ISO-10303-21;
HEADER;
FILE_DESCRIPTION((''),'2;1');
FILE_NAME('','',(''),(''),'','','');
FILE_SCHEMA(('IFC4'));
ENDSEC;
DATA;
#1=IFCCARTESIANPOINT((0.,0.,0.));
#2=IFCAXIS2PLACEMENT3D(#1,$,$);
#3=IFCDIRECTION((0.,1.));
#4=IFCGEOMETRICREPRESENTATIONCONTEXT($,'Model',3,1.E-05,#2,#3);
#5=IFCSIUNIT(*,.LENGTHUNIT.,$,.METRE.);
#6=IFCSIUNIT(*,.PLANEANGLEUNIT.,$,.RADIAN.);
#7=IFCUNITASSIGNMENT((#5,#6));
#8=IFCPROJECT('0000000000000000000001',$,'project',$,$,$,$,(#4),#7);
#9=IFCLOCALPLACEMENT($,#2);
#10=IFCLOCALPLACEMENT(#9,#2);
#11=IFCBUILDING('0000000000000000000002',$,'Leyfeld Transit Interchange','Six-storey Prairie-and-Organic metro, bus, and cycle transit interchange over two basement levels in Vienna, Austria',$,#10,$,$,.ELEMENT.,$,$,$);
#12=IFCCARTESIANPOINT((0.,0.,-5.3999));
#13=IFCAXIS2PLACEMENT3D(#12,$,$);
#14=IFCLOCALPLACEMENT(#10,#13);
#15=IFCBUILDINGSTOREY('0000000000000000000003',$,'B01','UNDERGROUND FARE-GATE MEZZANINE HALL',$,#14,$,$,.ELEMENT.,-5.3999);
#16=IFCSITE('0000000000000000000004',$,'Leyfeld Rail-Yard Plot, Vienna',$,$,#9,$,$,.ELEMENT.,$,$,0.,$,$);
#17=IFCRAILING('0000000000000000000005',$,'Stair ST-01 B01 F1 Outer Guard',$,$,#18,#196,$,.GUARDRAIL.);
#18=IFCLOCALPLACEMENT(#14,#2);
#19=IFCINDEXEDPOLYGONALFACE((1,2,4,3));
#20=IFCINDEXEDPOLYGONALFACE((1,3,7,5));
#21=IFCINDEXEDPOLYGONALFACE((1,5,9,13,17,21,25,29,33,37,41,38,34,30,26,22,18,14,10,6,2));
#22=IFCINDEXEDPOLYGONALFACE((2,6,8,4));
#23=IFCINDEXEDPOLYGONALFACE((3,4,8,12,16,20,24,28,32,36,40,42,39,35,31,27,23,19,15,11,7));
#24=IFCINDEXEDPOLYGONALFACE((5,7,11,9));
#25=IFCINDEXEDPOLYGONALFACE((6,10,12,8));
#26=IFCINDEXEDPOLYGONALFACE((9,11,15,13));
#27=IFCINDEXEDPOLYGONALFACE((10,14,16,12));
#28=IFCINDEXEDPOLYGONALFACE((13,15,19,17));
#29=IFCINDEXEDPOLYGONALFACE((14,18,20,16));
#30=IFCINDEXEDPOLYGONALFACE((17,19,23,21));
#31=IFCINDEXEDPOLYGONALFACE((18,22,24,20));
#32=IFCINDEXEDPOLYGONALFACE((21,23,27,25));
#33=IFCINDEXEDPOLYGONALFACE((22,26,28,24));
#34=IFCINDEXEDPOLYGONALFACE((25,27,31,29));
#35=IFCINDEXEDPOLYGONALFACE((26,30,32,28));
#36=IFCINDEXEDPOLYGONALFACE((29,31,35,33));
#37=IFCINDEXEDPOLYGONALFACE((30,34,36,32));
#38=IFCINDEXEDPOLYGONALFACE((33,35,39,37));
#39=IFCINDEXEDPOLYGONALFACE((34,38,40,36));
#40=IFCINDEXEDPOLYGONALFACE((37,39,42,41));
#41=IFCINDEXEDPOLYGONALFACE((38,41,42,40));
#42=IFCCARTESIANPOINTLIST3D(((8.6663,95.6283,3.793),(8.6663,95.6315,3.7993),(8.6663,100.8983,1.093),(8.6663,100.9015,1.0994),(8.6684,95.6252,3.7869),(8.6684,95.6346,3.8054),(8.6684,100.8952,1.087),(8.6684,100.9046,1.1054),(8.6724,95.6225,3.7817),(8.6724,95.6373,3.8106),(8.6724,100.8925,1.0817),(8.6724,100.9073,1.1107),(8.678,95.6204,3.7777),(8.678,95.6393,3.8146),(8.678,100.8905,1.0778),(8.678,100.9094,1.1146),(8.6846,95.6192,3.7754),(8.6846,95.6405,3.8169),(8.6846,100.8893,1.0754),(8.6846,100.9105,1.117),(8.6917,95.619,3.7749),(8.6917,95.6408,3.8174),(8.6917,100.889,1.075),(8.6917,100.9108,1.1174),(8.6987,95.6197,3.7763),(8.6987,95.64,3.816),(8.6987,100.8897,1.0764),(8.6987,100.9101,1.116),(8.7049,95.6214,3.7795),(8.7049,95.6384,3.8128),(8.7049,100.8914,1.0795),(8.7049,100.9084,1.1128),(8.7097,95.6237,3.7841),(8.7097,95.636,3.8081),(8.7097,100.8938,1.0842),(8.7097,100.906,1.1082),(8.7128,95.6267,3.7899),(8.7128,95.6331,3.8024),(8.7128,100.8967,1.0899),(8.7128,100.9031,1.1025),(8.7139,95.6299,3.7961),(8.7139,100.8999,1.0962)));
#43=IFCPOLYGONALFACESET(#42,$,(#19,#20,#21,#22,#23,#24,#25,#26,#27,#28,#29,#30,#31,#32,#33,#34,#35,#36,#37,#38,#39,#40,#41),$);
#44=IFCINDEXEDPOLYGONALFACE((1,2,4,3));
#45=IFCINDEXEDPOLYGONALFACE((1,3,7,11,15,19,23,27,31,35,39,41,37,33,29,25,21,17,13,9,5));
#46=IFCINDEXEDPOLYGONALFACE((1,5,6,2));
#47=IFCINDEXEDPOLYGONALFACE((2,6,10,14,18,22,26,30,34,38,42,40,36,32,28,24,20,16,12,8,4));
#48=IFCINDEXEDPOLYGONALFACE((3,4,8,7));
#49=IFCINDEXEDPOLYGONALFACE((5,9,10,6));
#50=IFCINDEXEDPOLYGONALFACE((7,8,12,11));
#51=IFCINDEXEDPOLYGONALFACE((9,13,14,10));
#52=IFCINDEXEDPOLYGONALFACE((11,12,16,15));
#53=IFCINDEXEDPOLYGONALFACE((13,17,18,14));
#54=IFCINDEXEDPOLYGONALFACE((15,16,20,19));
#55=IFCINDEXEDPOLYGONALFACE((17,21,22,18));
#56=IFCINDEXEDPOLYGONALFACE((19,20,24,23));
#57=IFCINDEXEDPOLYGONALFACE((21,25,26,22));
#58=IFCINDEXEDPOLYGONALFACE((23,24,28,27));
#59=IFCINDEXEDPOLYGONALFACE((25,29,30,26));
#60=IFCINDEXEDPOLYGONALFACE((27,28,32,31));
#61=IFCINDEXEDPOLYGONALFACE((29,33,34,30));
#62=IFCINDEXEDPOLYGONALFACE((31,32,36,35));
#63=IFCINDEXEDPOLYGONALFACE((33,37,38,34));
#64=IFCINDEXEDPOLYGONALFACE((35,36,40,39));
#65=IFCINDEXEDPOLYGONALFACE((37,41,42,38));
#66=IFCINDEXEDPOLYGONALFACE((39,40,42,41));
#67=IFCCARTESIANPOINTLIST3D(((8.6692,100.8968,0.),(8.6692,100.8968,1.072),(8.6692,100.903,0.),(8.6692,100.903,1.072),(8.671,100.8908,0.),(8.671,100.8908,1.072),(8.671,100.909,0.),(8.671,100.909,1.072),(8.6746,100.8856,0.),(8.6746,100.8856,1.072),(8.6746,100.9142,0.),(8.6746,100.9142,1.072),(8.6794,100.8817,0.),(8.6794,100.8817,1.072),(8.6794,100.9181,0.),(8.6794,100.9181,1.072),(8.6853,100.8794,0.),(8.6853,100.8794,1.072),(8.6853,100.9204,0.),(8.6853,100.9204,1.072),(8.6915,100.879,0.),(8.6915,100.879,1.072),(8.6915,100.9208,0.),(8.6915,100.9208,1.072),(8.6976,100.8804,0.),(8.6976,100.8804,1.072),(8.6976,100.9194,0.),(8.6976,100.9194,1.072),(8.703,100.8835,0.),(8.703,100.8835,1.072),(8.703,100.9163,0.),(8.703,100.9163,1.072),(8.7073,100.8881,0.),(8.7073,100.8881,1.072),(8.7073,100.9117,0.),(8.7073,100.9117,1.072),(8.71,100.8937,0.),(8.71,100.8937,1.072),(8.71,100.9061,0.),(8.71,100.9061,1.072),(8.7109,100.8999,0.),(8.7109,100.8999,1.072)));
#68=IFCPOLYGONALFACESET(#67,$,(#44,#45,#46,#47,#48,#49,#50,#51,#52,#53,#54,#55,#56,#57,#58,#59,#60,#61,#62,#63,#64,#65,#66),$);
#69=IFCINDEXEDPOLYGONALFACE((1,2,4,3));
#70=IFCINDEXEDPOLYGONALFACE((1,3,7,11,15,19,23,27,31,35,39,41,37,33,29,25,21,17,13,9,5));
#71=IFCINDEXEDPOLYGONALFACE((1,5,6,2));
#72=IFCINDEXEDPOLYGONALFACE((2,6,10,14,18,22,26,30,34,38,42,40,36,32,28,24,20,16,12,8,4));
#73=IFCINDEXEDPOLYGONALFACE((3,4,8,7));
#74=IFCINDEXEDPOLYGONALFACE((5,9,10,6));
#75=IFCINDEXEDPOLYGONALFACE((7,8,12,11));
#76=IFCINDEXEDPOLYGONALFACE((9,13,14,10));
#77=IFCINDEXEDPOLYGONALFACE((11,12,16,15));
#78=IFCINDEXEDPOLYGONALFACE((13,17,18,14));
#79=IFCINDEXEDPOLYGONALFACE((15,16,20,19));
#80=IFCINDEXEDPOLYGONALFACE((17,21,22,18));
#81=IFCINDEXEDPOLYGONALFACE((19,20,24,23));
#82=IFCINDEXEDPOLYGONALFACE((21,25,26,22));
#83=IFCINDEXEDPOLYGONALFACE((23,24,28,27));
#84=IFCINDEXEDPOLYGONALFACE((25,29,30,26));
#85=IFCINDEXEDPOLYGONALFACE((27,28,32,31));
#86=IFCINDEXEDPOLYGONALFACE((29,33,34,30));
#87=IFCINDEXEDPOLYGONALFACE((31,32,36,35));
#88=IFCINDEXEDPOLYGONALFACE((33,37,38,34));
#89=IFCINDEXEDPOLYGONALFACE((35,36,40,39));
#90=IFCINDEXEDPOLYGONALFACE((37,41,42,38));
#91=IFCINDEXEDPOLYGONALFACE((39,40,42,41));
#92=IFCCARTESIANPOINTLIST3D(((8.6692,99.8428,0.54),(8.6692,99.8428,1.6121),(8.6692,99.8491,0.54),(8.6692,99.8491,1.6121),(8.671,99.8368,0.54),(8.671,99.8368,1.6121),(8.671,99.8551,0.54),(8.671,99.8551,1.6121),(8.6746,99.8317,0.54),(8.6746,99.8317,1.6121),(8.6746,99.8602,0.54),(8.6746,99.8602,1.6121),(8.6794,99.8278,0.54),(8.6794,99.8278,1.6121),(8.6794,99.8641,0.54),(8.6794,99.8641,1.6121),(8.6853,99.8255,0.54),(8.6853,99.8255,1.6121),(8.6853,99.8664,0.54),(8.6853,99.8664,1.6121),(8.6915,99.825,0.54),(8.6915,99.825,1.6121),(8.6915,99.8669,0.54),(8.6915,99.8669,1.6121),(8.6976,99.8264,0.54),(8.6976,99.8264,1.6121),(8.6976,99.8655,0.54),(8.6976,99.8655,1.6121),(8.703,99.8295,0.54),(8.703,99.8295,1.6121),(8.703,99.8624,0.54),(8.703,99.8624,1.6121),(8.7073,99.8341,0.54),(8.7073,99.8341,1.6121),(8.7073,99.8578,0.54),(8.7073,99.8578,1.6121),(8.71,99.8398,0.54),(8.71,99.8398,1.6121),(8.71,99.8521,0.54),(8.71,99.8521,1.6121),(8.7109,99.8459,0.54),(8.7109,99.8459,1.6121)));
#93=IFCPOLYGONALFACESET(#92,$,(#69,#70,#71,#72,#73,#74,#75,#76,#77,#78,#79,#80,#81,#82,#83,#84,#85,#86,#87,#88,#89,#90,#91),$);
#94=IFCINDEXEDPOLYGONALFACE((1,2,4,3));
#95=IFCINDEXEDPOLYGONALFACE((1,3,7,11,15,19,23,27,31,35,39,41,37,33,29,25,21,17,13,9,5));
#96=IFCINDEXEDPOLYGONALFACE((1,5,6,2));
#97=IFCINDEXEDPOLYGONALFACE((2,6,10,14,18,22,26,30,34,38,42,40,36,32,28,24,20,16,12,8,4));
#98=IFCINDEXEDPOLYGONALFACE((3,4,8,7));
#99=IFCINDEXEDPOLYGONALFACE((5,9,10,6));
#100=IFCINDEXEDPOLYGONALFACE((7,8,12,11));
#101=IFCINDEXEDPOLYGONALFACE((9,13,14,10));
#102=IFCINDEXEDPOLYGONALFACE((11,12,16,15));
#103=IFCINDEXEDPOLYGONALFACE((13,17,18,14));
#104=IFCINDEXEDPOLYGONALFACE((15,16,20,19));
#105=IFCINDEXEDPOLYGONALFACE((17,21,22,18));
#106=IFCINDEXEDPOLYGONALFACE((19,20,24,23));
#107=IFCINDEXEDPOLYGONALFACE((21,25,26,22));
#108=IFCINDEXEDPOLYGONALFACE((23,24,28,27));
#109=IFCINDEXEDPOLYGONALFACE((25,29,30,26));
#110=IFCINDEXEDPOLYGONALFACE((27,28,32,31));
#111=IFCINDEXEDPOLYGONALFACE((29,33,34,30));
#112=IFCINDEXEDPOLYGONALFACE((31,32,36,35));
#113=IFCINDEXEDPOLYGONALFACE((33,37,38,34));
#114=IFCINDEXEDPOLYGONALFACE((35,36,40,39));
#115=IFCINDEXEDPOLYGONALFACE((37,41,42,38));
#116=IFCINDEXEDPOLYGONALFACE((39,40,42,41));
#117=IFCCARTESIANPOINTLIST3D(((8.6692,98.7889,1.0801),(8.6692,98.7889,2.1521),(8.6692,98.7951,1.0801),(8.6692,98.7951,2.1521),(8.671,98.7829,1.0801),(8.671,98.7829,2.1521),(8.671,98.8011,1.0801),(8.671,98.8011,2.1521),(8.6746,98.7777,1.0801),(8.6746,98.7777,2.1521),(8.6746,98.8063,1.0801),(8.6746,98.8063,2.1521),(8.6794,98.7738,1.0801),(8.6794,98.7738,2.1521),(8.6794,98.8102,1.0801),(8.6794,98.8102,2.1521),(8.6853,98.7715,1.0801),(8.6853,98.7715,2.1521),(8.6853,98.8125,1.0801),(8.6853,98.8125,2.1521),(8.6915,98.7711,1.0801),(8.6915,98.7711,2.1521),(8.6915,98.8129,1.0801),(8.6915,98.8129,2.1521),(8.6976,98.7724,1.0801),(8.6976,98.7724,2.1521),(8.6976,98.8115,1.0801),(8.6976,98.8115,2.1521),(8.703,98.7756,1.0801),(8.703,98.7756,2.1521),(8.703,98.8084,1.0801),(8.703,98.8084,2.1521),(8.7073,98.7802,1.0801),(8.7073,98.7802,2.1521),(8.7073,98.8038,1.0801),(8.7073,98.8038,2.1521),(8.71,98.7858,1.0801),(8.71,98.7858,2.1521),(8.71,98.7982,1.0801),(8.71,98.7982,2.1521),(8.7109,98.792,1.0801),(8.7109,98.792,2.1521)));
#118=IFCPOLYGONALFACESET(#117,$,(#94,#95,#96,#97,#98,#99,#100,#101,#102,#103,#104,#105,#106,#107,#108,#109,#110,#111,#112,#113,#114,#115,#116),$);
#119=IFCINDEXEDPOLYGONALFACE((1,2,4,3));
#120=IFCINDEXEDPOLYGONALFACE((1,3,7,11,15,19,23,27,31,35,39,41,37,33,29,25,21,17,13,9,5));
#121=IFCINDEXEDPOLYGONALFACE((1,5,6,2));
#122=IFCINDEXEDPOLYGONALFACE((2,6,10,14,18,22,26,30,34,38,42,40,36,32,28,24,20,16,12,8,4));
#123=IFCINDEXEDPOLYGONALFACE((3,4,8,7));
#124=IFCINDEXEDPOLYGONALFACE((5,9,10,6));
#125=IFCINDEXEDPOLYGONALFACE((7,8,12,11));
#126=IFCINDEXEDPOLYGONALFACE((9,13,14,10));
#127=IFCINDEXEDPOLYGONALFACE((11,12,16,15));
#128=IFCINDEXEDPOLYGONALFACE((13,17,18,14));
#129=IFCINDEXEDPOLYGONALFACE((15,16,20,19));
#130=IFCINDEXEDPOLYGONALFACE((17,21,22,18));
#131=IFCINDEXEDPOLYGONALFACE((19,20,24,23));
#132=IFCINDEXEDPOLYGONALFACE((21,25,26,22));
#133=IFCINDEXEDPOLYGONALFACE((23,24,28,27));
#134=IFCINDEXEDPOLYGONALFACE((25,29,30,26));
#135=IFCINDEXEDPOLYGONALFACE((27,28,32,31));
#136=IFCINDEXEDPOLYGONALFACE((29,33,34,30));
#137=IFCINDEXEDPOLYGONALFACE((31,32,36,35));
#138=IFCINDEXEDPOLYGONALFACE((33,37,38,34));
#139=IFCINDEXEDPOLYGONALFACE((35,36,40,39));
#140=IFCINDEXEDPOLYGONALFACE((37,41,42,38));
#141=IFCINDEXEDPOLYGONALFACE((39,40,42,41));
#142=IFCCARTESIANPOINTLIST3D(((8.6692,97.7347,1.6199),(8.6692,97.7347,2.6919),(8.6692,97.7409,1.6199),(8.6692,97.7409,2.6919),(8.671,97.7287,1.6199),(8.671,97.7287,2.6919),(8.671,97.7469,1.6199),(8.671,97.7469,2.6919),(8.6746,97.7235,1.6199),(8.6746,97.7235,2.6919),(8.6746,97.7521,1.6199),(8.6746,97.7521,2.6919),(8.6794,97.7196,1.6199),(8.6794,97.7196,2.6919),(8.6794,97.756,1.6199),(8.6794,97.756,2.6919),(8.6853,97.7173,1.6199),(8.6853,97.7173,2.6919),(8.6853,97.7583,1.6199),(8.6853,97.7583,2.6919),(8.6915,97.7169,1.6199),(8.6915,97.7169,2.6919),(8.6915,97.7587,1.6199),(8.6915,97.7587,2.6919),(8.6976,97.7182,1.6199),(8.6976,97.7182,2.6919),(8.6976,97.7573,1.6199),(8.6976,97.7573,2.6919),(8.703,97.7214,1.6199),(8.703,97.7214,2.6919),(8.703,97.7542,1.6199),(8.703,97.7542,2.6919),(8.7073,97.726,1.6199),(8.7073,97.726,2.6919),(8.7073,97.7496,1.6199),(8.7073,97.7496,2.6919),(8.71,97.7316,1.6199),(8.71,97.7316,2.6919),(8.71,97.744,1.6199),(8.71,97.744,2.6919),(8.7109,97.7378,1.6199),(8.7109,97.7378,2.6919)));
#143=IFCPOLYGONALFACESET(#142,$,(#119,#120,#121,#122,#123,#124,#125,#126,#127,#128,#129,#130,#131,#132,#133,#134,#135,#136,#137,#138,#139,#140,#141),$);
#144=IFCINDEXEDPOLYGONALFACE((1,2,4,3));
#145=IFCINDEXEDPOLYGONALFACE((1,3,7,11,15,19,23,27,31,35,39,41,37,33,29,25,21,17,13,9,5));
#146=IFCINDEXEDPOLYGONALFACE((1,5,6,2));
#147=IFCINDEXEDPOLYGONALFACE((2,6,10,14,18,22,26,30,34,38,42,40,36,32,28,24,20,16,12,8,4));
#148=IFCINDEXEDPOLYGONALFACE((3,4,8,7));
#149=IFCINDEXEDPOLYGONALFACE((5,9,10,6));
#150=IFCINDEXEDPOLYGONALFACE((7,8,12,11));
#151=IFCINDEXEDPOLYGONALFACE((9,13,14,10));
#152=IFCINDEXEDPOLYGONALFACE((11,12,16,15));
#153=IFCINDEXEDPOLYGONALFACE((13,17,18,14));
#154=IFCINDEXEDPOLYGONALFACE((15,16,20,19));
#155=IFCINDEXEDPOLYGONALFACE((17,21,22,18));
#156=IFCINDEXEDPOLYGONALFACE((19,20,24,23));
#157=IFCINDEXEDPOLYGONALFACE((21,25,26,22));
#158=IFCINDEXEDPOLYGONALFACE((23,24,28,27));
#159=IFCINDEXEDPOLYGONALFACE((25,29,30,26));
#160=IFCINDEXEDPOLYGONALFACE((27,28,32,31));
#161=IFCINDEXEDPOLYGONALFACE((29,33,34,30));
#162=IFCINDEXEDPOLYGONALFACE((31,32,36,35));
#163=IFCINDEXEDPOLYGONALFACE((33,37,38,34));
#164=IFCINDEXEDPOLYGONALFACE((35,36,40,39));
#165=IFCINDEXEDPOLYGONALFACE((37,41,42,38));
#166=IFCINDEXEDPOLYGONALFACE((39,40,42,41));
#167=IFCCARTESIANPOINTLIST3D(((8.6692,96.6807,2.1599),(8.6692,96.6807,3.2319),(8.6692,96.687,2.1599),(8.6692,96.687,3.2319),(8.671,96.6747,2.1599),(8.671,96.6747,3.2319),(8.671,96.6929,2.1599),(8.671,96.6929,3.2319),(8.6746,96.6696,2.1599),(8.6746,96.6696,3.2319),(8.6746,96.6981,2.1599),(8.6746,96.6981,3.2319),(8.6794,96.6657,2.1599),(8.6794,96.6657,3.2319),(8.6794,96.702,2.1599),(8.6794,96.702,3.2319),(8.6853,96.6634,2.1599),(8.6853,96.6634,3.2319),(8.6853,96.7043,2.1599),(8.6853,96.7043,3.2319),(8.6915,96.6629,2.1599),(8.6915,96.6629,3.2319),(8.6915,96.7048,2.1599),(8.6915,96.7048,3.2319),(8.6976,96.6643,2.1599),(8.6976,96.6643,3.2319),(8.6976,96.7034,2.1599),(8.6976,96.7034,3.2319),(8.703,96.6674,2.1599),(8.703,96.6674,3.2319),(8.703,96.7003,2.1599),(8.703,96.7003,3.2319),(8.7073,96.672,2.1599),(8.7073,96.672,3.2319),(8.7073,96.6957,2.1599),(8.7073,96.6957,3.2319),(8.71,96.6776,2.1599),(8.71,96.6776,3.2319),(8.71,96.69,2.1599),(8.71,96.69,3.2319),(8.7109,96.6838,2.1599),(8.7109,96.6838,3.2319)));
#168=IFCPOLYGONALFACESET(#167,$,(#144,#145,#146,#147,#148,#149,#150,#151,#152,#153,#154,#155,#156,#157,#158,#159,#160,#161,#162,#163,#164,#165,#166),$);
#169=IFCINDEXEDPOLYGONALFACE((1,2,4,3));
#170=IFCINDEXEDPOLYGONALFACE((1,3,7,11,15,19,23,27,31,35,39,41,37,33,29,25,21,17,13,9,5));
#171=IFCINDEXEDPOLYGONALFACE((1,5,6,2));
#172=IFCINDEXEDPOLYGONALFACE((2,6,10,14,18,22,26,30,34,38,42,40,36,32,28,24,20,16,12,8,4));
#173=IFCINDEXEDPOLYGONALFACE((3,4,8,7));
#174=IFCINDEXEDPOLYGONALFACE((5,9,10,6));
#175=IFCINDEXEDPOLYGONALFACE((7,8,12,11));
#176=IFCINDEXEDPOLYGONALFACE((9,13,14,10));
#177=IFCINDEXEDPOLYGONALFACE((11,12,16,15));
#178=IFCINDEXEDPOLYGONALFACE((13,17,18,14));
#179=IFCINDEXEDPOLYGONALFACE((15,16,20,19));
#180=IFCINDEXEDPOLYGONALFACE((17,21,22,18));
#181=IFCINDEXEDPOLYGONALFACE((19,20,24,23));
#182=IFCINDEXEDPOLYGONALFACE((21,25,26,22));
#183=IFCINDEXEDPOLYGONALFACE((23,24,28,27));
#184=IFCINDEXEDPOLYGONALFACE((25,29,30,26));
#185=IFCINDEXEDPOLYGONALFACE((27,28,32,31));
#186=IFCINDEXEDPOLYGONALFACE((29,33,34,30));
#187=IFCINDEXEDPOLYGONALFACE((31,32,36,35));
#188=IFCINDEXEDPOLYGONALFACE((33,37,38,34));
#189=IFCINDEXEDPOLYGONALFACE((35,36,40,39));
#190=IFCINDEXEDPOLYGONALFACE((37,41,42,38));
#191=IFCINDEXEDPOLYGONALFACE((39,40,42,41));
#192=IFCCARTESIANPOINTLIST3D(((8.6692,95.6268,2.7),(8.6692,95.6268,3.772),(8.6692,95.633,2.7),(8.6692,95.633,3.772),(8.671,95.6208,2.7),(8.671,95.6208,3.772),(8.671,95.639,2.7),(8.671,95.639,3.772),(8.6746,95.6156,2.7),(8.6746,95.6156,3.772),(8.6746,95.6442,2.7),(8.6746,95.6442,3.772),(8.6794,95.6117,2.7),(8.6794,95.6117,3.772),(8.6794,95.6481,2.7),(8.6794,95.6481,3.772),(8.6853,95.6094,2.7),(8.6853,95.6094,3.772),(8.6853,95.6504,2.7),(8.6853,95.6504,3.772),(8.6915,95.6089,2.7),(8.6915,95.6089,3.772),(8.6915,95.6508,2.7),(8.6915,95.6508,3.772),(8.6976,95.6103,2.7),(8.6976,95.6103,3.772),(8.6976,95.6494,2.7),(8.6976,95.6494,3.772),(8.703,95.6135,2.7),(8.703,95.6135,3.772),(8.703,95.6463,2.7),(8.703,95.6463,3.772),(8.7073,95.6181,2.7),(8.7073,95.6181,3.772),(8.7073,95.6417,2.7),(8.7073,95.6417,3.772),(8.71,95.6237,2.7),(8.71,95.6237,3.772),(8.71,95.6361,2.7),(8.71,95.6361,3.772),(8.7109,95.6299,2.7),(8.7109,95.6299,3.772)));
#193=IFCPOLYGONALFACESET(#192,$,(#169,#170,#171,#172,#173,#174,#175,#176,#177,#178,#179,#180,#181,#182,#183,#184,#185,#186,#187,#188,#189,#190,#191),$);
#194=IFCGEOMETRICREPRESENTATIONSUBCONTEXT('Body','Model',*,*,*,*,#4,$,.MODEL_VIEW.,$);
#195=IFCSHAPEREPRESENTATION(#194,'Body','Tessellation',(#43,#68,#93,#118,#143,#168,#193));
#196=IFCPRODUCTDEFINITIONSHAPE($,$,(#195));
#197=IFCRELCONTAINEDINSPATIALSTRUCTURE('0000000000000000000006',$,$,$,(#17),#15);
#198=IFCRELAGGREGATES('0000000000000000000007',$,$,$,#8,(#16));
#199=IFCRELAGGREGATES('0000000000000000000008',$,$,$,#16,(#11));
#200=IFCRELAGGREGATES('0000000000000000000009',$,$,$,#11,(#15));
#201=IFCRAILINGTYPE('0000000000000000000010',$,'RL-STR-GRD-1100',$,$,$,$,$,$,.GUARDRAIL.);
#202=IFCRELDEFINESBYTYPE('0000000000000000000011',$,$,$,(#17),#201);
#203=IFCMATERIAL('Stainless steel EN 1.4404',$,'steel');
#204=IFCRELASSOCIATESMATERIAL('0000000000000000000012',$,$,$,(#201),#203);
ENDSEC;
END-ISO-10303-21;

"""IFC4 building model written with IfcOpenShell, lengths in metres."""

from ifc_helpers import new_model, si_unit, direction, frame, origin, origin_2d, place, context, subcontext, project, spatial, circle, extrude, material, type_object, element, save


model = new_model("IFC4")

# Units and contexts
model_context = context("Model", 3, precision=1e-05, world=origin(), true_north=direction((0.0, 1.0)))
body_context = subcontext(model_context, "Body", "Model", "MODEL_VIEW")
ifc_project = project(units=[si_unit("LENGTHUNIT", "METRE"), si_unit("PLANEANGLEUNIT", "RADIAN")], contexts=[model_context])

# Site, building, storey
site_placement = place(None, origin())
site = spatial("IfcSite", under=ifc_project, at=site_placement, Name="Leyfeld Rail-Yard Plot, Vienna", CompositionType="ELEMENT", RefElevation=0.0)
building_placement = place(site_placement, origin())
building = spatial("IfcBuilding", under=site, at=building_placement, Name="Leyfeld Transit Interchange", Description="Six-storey Prairie-and-Organic metro, bus, and cycle transit interchange over two basement levels in Vienna, Austria", CompositionType="ELEMENT")
storey_placement = place(building_placement, frame((0.0, 0.0, -5.3999)))
storey = spatial("IfcBuildingStorey", under=building, at=storey_placement, Name="B01", Description="UNDERGROUND FARE-GATE MEZZANINE HALL", CompositionType="ELEMENT", Elevation=-5.3999)

# Railing
ifc_material_1 = material(Name="Stainless steel EN 1.4404", Category="steel")
railing_type_1 = type_object("IfcRailingType", Name="RL-STR-GRD-1100", PredefinedType="GUARDRAIL", material=ifc_material_1)
for number, where, name in (
    (1, (8.6899, 100.8999, 0.0), "Stair ST-01 B01 F1 Outer Guard"),
):
    element("IfcRailing", number, at=place(storey_placement, frame(where)), inside=storey, type_object=railing_type_1, Name=name, PredefinedType="GUARDRAIL", context=body_context, shape_type="SweptSolid", body=[
        extrude(circle(Radius=0.0239, at=origin_2d()), frame((0.0, 0.0, 1.0962), z_axis=(0.0, -0.889997, 0.455966), x_axis=(1.0, 0.0, 0.0)), (0.0, 0.0, 1.0), 5.9214),
        extrude(circle(Radius=0.021, at=origin_2d()), origin(), (0.0, 0.0, 1.0), 1.072),
        extrude(circle(Radius=0.021, at=origin_2d()), frame((0.0, -1.054, 0.54)), (0.0, 0.0, 1.0), 1.072),
        extrude(circle(Radius=0.021, at=origin_2d()), frame((0.0, -2.1079, 1.0801)), (0.0, 0.0, 1.0), 1.072),
        extrude(circle(Radius=0.021, at=origin_2d()), frame((0.0, -3.1621, 1.6199)), (0.0, 0.0, 1.0), 1.072),
        extrude(circle(Radius=0.021, at=origin_2d()), frame((0.0, -4.2161, 2.1599)), (0.0, 0.0, 1.0), 1.072),
        extrude(circle(Radius=0.021, at=origin_2d()), frame((0.0, -5.27, 2.7)), (0.0, 0.0, 1.0), 1.072),
    ])

save(model, "model.ifc")
